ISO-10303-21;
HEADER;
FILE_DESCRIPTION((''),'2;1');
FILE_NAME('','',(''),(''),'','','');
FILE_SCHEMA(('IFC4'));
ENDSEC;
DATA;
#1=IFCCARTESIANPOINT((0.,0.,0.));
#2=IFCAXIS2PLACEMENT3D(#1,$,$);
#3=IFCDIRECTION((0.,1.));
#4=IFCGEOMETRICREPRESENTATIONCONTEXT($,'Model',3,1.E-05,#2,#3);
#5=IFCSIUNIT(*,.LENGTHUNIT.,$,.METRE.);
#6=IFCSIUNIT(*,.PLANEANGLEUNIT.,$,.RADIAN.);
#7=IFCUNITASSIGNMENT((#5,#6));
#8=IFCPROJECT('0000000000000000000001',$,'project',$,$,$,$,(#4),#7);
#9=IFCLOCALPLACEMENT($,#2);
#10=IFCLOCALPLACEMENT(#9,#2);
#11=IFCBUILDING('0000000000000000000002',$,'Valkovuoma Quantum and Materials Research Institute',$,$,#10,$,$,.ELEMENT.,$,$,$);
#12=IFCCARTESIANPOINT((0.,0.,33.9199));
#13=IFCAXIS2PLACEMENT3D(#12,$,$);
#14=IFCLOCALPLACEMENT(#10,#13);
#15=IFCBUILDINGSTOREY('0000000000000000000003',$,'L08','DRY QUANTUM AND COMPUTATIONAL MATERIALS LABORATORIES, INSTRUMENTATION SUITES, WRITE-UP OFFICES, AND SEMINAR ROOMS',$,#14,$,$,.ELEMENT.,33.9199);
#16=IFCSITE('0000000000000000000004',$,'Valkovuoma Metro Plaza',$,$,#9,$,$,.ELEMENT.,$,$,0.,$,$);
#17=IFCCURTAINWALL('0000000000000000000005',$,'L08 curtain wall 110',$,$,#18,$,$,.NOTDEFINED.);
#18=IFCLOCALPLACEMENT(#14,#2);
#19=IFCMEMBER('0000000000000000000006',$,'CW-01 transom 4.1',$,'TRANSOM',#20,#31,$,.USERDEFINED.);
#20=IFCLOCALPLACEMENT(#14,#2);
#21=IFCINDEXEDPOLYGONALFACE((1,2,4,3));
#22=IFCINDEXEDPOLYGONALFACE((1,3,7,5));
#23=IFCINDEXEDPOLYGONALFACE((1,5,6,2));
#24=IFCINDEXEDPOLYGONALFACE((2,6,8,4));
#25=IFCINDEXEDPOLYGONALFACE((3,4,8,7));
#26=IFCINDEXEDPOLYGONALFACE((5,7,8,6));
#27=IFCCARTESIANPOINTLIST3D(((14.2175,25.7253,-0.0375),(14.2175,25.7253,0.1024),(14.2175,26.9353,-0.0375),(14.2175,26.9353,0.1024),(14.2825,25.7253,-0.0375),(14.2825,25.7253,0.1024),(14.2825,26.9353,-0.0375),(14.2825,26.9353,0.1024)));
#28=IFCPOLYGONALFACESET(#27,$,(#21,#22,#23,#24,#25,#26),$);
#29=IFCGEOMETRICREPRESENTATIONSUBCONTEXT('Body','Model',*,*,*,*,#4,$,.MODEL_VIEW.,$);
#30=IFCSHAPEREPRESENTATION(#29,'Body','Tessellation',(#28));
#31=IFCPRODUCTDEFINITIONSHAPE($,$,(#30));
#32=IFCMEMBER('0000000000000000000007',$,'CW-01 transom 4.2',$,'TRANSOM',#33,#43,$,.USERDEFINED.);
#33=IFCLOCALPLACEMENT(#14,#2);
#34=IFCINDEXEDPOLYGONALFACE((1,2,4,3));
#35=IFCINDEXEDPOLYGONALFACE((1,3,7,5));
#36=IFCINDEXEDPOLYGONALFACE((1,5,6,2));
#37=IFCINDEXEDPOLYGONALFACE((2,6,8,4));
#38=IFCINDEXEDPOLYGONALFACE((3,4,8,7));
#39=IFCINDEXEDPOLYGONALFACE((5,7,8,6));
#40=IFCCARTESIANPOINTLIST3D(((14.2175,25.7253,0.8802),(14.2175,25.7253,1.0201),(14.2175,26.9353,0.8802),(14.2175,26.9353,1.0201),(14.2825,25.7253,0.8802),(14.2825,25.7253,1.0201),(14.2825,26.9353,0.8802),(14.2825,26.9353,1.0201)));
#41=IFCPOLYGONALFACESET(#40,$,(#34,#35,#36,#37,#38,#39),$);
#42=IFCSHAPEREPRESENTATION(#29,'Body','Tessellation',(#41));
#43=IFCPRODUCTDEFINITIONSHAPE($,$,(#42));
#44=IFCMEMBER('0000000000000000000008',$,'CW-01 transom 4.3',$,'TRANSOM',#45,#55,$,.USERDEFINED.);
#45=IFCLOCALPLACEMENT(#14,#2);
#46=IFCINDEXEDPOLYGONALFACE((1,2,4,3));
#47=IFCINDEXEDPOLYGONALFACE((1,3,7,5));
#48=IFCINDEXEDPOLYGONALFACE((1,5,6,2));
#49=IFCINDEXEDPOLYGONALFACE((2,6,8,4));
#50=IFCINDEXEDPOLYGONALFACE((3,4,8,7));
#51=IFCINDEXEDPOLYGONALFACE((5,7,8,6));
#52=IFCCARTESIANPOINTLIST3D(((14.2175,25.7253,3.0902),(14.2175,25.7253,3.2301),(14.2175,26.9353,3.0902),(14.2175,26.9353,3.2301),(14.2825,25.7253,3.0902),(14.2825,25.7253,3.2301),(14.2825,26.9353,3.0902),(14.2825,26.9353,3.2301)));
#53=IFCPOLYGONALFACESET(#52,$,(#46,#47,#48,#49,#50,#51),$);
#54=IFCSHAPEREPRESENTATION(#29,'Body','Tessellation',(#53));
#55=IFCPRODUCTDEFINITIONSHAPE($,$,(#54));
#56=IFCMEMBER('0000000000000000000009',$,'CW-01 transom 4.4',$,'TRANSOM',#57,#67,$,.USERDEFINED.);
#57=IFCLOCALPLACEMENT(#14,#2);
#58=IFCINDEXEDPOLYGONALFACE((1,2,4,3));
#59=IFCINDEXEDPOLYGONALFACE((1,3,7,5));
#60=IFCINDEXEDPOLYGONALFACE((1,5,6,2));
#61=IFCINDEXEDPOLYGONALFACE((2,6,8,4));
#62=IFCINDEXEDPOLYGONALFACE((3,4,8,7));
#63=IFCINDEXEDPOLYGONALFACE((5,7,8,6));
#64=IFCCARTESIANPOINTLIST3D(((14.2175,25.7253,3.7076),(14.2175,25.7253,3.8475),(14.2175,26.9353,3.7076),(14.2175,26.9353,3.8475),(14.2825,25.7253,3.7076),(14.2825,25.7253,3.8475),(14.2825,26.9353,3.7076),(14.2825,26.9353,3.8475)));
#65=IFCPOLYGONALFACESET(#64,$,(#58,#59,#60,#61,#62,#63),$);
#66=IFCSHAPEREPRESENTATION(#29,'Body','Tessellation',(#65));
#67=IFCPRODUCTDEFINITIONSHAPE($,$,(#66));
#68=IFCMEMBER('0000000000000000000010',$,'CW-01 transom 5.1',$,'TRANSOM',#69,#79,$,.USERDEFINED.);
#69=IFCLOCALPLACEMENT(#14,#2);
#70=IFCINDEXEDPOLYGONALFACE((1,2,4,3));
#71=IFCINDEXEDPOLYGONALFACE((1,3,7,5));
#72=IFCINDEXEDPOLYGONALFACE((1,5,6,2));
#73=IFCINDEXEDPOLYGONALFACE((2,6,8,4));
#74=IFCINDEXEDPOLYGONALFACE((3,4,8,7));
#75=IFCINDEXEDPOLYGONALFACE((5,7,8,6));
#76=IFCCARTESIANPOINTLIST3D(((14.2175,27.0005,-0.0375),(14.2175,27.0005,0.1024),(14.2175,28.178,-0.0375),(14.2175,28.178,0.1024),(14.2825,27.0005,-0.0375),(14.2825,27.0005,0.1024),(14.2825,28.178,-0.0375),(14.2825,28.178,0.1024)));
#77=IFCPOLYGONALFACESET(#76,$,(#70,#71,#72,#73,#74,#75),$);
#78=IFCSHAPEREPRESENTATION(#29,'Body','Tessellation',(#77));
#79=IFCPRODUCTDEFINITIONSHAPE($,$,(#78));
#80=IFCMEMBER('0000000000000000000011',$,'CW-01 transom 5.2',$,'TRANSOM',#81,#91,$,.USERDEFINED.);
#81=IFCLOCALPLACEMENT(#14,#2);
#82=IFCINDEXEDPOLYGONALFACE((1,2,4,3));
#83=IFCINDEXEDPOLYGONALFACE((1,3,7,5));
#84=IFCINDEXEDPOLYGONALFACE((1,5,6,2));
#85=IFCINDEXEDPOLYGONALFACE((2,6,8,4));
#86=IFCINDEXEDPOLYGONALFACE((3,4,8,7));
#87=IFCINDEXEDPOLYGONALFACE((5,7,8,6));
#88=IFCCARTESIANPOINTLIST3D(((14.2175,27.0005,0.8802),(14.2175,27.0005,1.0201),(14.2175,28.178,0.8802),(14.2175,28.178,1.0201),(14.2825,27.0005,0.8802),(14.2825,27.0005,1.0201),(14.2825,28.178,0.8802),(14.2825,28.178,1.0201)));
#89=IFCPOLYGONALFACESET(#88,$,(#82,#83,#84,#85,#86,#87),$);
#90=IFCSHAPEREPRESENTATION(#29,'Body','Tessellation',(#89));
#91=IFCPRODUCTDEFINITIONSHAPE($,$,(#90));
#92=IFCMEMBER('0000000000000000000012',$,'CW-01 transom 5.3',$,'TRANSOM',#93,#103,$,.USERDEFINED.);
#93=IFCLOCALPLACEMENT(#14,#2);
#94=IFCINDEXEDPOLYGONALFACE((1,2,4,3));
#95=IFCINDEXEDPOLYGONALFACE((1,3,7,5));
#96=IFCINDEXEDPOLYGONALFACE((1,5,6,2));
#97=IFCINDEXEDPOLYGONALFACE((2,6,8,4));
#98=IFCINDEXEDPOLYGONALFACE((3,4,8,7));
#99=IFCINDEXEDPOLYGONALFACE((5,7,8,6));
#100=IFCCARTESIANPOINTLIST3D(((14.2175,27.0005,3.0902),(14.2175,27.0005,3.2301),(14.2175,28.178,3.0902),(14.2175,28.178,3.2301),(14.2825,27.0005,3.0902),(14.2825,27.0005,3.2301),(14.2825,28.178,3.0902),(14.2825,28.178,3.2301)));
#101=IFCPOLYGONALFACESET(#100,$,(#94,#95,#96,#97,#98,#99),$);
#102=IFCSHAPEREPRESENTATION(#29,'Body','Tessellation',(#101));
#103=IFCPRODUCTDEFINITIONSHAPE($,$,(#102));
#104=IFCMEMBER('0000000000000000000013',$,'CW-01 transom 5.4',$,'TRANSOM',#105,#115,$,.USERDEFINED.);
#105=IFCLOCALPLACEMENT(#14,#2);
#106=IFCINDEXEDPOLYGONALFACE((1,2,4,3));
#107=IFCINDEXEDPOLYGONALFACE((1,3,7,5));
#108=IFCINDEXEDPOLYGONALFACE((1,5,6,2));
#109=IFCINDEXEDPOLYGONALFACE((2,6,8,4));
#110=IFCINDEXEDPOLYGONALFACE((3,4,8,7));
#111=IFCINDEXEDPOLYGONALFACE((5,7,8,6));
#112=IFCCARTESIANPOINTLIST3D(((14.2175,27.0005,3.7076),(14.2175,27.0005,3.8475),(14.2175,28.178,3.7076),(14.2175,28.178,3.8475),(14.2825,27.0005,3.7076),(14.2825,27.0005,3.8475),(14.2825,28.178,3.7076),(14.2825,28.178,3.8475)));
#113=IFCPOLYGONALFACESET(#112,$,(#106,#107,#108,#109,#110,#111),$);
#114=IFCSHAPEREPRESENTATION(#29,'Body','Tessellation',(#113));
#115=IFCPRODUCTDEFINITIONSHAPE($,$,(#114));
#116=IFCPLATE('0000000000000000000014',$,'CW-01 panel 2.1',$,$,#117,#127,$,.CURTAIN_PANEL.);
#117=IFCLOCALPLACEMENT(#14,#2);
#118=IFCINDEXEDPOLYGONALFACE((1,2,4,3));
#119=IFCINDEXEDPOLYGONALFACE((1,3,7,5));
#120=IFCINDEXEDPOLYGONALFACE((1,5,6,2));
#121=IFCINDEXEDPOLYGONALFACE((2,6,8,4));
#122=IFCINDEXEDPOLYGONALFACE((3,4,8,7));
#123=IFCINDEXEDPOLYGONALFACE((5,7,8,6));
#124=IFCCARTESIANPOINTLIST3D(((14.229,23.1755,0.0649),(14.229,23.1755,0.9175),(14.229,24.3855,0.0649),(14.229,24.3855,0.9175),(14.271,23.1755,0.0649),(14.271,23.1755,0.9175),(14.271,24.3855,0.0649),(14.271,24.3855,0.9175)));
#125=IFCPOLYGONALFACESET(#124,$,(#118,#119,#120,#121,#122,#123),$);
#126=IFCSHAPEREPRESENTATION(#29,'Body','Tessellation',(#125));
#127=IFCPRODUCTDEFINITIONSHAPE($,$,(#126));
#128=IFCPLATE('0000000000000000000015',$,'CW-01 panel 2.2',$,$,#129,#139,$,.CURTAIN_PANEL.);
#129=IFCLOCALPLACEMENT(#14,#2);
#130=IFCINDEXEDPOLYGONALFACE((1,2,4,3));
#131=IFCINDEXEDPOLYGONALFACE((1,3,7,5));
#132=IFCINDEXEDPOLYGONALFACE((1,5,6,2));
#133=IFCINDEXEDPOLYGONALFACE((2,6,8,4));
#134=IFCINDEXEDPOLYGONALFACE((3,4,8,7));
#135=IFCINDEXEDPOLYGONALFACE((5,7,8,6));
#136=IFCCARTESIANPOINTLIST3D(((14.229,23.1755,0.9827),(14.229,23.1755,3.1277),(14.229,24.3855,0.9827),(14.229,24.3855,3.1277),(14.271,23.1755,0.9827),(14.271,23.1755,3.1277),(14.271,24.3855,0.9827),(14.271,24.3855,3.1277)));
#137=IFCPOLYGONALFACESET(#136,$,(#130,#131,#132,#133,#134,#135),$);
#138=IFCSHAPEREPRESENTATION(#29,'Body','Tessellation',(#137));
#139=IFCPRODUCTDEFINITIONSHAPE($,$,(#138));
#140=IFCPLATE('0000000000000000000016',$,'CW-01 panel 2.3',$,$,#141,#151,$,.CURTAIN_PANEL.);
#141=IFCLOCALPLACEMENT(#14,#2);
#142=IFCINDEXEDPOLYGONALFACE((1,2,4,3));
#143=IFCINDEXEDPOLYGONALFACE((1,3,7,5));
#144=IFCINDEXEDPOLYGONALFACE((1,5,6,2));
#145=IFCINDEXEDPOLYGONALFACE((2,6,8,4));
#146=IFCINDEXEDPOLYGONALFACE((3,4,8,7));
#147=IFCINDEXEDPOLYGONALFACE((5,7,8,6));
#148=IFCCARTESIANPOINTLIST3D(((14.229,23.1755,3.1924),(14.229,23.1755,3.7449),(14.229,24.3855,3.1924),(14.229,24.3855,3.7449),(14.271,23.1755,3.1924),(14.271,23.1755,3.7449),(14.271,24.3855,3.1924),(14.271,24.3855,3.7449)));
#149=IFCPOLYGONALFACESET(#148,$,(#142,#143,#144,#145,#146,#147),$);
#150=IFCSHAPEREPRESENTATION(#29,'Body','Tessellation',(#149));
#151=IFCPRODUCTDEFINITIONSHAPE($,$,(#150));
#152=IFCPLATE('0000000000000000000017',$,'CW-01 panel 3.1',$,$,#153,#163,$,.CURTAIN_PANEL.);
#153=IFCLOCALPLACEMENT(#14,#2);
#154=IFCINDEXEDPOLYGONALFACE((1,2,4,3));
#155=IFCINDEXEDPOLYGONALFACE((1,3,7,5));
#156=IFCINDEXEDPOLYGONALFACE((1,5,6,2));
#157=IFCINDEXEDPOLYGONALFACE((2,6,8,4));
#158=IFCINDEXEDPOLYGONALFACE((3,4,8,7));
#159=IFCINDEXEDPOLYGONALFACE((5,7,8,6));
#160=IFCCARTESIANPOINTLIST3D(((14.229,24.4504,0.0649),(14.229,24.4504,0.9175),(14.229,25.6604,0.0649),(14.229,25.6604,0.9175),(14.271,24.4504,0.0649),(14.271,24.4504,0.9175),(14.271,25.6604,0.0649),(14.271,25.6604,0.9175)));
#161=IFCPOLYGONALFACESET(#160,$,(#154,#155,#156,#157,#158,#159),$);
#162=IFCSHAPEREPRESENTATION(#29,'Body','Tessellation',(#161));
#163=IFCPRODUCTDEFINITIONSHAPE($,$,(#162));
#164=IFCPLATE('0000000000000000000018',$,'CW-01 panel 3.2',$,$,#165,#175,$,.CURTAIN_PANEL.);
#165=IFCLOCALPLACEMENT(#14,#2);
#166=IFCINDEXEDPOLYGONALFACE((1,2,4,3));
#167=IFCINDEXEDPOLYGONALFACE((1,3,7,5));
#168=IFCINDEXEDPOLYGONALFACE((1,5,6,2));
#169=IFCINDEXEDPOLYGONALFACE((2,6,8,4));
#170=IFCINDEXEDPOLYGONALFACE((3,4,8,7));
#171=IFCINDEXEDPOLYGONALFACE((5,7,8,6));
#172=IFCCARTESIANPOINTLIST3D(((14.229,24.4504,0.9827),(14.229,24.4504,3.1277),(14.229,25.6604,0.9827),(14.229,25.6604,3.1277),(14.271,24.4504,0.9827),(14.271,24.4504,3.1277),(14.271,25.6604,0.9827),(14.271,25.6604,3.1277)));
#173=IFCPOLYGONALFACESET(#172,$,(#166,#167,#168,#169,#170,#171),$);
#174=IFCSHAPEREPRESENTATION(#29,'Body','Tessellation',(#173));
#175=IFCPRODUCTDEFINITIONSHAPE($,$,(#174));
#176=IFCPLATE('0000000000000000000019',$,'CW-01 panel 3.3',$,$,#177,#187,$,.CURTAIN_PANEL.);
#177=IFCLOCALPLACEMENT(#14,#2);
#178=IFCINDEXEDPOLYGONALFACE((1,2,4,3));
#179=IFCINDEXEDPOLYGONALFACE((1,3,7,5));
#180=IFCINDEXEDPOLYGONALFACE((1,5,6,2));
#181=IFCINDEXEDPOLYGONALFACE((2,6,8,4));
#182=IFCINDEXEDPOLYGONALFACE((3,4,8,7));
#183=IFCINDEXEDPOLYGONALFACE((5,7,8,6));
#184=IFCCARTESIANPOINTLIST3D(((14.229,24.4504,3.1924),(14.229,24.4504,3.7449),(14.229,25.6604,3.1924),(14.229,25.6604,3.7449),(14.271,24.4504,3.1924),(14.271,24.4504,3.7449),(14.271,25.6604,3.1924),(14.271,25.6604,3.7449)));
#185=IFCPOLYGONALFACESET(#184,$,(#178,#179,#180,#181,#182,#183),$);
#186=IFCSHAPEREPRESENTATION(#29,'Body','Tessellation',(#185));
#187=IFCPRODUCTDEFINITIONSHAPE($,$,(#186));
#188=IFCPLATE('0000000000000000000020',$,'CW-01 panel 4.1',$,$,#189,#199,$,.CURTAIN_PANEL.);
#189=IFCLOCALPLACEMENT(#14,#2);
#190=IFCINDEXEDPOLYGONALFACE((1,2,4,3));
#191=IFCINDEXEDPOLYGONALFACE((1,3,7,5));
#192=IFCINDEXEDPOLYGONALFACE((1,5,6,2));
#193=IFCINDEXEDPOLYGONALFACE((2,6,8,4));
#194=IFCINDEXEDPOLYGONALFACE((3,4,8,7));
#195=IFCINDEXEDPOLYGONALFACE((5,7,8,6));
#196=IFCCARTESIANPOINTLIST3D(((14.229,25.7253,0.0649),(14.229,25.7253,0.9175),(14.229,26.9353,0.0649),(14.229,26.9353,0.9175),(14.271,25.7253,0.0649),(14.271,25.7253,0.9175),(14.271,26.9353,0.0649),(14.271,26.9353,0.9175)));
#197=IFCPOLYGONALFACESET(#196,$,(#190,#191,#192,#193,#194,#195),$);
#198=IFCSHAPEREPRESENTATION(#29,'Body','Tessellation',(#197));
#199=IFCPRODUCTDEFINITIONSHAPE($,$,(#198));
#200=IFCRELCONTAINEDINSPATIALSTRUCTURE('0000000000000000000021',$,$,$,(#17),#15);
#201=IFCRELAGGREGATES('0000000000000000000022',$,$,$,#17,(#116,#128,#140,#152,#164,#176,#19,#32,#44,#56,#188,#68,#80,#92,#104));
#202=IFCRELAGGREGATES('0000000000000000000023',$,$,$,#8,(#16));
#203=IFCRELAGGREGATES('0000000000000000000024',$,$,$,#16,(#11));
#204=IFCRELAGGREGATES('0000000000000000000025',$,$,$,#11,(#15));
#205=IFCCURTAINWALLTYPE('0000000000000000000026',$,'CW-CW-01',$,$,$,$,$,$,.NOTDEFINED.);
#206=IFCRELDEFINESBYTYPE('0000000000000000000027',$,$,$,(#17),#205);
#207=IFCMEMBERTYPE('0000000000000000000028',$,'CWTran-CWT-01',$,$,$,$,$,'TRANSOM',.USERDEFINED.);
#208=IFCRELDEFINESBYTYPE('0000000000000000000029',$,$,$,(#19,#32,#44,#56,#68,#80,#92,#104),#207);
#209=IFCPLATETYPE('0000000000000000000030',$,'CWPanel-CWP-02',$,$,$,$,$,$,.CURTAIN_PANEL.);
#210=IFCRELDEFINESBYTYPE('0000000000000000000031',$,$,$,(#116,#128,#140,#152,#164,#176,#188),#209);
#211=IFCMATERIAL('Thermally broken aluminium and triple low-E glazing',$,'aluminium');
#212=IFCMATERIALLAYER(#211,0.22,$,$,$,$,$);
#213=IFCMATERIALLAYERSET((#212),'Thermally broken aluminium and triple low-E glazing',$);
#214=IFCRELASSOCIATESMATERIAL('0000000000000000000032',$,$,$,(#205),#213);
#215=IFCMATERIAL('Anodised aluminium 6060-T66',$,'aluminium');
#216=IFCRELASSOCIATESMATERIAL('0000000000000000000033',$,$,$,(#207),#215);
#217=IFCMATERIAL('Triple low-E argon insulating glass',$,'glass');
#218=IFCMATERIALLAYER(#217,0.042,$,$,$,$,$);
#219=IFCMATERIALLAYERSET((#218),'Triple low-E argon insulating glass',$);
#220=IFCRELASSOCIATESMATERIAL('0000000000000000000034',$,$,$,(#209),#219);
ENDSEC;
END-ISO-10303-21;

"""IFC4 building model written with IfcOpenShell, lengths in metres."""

from ifc_helpers import new_model, si_unit, direction, frame, origin, origin_2d, place, context, subcontext, project, spatial, rectangle, extrude, material, layer, layer_set, material_profile, profile_set, type_object, element, aggregate, save


model = new_model("IFC4")

# Units and contexts
model_context = context("Model", 3, precision=1e-05, world=origin(), true_north=direction((0.0, 1.0)))
body_context = subcontext(model_context, "Body", "Model", "MODEL_VIEW")
ifc_project = project(units=[si_unit("LENGTHUNIT", "METRE"), si_unit("PLANEANGLEUNIT", "RADIAN")], contexts=[model_context])

# Site, building, storey
site_placement = place(None, origin())
site = spatial("IfcSite", under=ifc_project, at=site_placement, Name="Valkovuoma Metro Plaza", CompositionType="ELEMENT", RefElevation=0.0)
building_placement = place(site_placement, origin())
building = spatial("IfcBuilding", under=site, at=building_placement, Name="Valkovuoma Quantum and Materials Research Institute", CompositionType="ELEMENT")
storey_placement = place(building_placement, frame((0.0, 0.0, 33.9199)))
storey = spatial("IfcBuildingStorey", under=building, at=storey_placement, Name="L08", Description="DRY QUANTUM AND COMPUTATIONAL MATERIALS LABORATORIES, INSTRUMENTATION SUITES, WRITE-UP OFFICES, AND SEMINAR ROOMS", CompositionType="ELEMENT", Elevation=33.9199)

# Curtain wall, members, plates
ifc_material_1 = material(Name="Thermally broken aluminium and triple low-E glazing", Category="aluminium")
ifc_layer_1 = layer(ifc_material_1, 0.22)
ifc_layer_set_1 = layer_set([ifc_layer_1], Name="Thermally broken aluminium and triple low-E glazing")
curtain_wall_type = type_object("IfcCurtainWallType", Name="CW-CW-01", PredefinedType="NOTDEFINED", material=ifc_layer_set_1)
curtain_wall_placement = place(storey_placement, origin())
curtain_wall = element("IfcCurtainWall", 1, at=curtain_wall_placement, inside=storey, type_object=curtain_wall_type, Name="L08 curtain wall 110", PredefinedType="NOTDEFINED")
ifc_material_2 = material(Name="Anodised aluminium 6060-T66", Category="aluminium")
ifc_material_profile_1 = material_profile(ifc_material_2, rectangle(XDim=0.0649, YDim=0.1399, at=origin_2d()), Name="Anodised aluminium 6060-T66")
ifc_profile_set_1 = profile_set([ifc_material_profile_1], Name="Anodised aluminium 6060-T66")
member_type_1 = type_object("IfcMemberType", Name="CWTran-CWT-01", ElementType="TRANSOM", PredefinedType="USERDEFINED", material=ifc_profile_set_1)
member_1_placement = place(storey_placement, frame((14.25, 25.7253, 0.0325), z_axis=(0.0, 1.0, 0.0), x_axis=(-1.0, 0.0, 0.0)))
member_1 = element("IfcMember", 2, at=member_1_placement, type_object=member_type_1, Name="CW-01 transom 4.1", ObjectType="TRANSOM", PredefinedType="USERDEFINED", context=body_context, shape_type="SweptSolid", body=[
    extrude(rectangle(XDim=0.0649, YDim=0.1399, at=origin_2d()), origin(), (0.0, 0.0, 1.0), 1.21),
])
member_2_placement = place(storey_placement, frame((14.25, 25.7253, 0.9502), z_axis=(0.0, 1.0, 0.0), x_axis=(-1.0, 0.0, 0.0)))
member_2 = element("IfcMember", 3, at=member_2_placement, type_object=member_type_1, Name="CW-01 transom 4.2", ObjectType="TRANSOM", PredefinedType="USERDEFINED", context=body_context, shape_type="SweptSolid", body=[
    extrude(rectangle(XDim=0.0649, YDim=0.1399, at=origin_2d()), origin(), (0.0, 0.0, 1.0), 1.21),
])
member_3_placement = place(storey_placement, frame((14.25, 25.7253, 3.1602), z_axis=(0.0, 1.0, 0.0), x_axis=(-1.0, 0.0, 0.0)))
member_3 = element("IfcMember", 4, at=member_3_placement, type_object=member_type_1, Name="CW-01 transom 4.3", ObjectType="TRANSOM", PredefinedType="USERDEFINED", context=body_context, shape_type="SweptSolid", body=[
    extrude(rectangle(XDim=0.0649, YDim=0.1399, at=origin_2d()), origin(), (0.0, 0.0, 1.0), 1.21),
])
member_4_placement = place(storey_placement, frame((14.25, 25.7253, 3.7776), z_axis=(0.0, 1.0, 0.0), x_axis=(-1.0, 0.0, 0.0)))
member_4 = element("IfcMember", 5, at=member_4_placement, type_object=member_type_1, Name="CW-01 transom 4.4", ObjectType="TRANSOM", PredefinedType="USERDEFINED", context=body_context, shape_type="SweptSolid", body=[
    extrude(rectangle(XDim=0.0649, YDim=0.1399, at=origin_2d()), origin(), (0.0, 0.0, 1.0), 1.21),
])
member_5_placement = place(storey_placement, frame((14.25, 27.0005, 0.0325), z_axis=(0.0, 1.0, 0.0), x_axis=(-1.0, 0.0, 0.0)))
member_5 = element("IfcMember", 6, at=member_5_placement, type_object=member_type_1, Name="CW-01 transom 5.1", ObjectType="TRANSOM", PredefinedType="USERDEFINED", context=body_context, shape_type="SweptSolid", body=[
    extrude(rectangle(XDim=0.0649, YDim=0.1399, at=origin_2d()), origin(), (0.0, 0.0, 1.0), 1.1775),
])
member_6_placement = place(storey_placement, frame((14.25, 27.0005, 0.9502), z_axis=(0.0, 1.0, 0.0), x_axis=(-1.0, 0.0, 0.0)))
member_6 = element("IfcMember", 7, at=member_6_placement, type_object=member_type_1, Name="CW-01 transom 5.2", ObjectType="TRANSOM", PredefinedType="USERDEFINED", context=body_context, shape_type="SweptSolid", body=[
    extrude(rectangle(XDim=0.0649, YDim=0.1399, at=origin_2d()), origin(), (0.0, 0.0, 1.0), 1.1775),
])
member_7_placement = place(storey_placement, frame((14.25, 27.0005, 3.1602), z_axis=(0.0, 1.0, 0.0), x_axis=(-1.0, 0.0, 0.0)))
member_7 = element("IfcMember", 8, at=member_7_placement, type_object=member_type_1, Name="CW-01 transom 5.3", ObjectType="TRANSOM", PredefinedType="USERDEFINED", context=body_context, shape_type="SweptSolid", body=[
    extrude(rectangle(XDim=0.0649, YDim=0.1399, at=origin_2d()), origin(), (0.0, 0.0, 1.0), 1.1775),
])
member_8_placement = place(storey_placement, frame((14.25, 27.0005, 3.7776), z_axis=(0.0, 1.0, 0.0), x_axis=(-1.0, 0.0, 0.0)))
member_8 = element("IfcMember", 9, at=member_8_placement, type_object=member_type_1, Name="CW-01 transom 5.4", ObjectType="TRANSOM", PredefinedType="USERDEFINED", context=body_context, shape_type="SweptSolid", body=[
    extrude(rectangle(XDim=0.0649, YDim=0.1399, at=origin_2d()), origin(), (0.0, 0.0, 1.0), 1.1775),
])
ifc_material_3 = material(Name="Triple low-E argon insulating glass", Category="glass")
ifc_layer_2 = layer(ifc_material_3, 0.042)
ifc_layer_set_2 = layer_set([ifc_layer_2], Name="Triple low-E argon insulating glass")
plate_type = type_object("IfcPlateType", Name="CWPanel-CWP-02", PredefinedType="CURTAIN_PANEL", material=ifc_layer_set_2)
plate_1_placement = place(storey_placement, frame((14.25, 23.7805, 0.0649), z_axis=(0.0, 0.0, 1.0), x_axis=(0.0, 1.0, 0.0)))
plate_1 = element("IfcPlate", 10, at=plate_1_placement, type_object=plate_type, Name="CW-01 panel 2.1", PredefinedType="CURTAIN_PANEL", context=body_context, shape_type="SweptSolid", body=[
    extrude(rectangle(XDim=1.21, YDim=0.042, at=origin_2d()), origin(), (0.0, 0.0, 1.0), 0.8525),
])
plate_2_placement = place(storey_placement, frame((14.25, 23.7805, 0.9827), z_axis=(0.0, 0.0, 1.0), x_axis=(0.0, 1.0, 0.0)))
plate_2 = element("IfcPlate", 11, at=plate_2_placement, type_object=plate_type, Name="CW-01 panel 2.2", PredefinedType="CURTAIN_PANEL", context=body_context, shape_type="SweptSolid", body=[
    extrude(rectangle(XDim=1.21, YDim=0.042, at=origin_2d()), origin(), (0.0, 0.0, 1.0), 2.145),
])
plate_3_placement = place(storey_placement, frame((14.25, 23.7805, 3.1924), z_axis=(0.0, 0.0, 1.0), x_axis=(0.0, 1.0, 0.0)))
plate_3 = element("IfcPlate", 12, at=plate_3_placement, type_object=plate_type, Name="CW-01 panel 2.3", PredefinedType="CURTAIN_PANEL", context=body_context, shape_type="SweptSolid", body=[
    extrude(rectangle(XDim=1.21, YDim=0.042, at=origin_2d()), origin(), (0.0, 0.0, 1.0), 0.5525),
])
plate_4_placement = place(storey_placement, frame((14.25, 25.0554, 0.0649), z_axis=(0.0, 0.0, 1.0), x_axis=(0.0, 1.0, 0.0)))
plate_4 = element("IfcPlate", 13, at=plate_4_placement, type_object=plate_type, Name="CW-01 panel 3.1", PredefinedType="CURTAIN_PANEL", context=body_context, shape_type="SweptSolid", body=[
    extrude(rectangle(XDim=1.21, YDim=0.042, at=origin_2d()), origin(), (0.0, 0.0, 1.0), 0.8525),
])
plate_5_placement = place(storey_placement, frame((14.25, 25.0554, 0.9827), z_axis=(0.0, 0.0, 1.0), x_axis=(0.0, 1.0, 0.0)))
plate_5 = element("IfcPlate", 14, at=plate_5_placement, type_object=plate_type, Name="CW-01 panel 3.2", PredefinedType="CURTAIN_PANEL", context=body_context, shape_type="SweptSolid", body=[
    extrude(rectangle(XDim=1.21, YDim=0.042, at=origin_2d()), origin(), (0.0, 0.0, 1.0), 2.145),
])
plate_6_placement = place(storey_placement, frame((14.25, 25.0554, 3.1924), z_axis=(0.0, 0.0, 1.0), x_axis=(0.0, 1.0, 0.0)))
plate_6 = element("IfcPlate", 15, at=plate_6_placement, type_object=plate_type, Name="CW-01 panel 3.3", PredefinedType="CURTAIN_PANEL", context=body_context, shape_type="SweptSolid", body=[
    extrude(rectangle(XDim=1.21, YDim=0.042, at=origin_2d()), origin(), (0.0, 0.0, 1.0), 0.5525),
])
plate_7_placement = place(storey_placement, frame((14.25, 26.3303, 0.0649), z_axis=(0.0, 0.0, 1.0), x_axis=(0.0, 1.0, 0.0)))
plate_7 = element("IfcPlate", 16, at=plate_7_placement, type_object=plate_type, Name="CW-01 panel 4.1", PredefinedType="CURTAIN_PANEL", context=body_context, shape_type="SweptSolid", body=[
    extrude(rectangle(XDim=1.21, YDim=0.042, at=origin_2d()), origin(), (0.0, 0.0, 1.0), 0.8525),
])
aggregate(curtain_wall, [plate_1, plate_2, plate_3, plate_4, plate_5, plate_6, member_1, member_2, member_3, member_4, plate_7, member_5, member_6, member_7, member_8])

save(model, "model.ifc")
